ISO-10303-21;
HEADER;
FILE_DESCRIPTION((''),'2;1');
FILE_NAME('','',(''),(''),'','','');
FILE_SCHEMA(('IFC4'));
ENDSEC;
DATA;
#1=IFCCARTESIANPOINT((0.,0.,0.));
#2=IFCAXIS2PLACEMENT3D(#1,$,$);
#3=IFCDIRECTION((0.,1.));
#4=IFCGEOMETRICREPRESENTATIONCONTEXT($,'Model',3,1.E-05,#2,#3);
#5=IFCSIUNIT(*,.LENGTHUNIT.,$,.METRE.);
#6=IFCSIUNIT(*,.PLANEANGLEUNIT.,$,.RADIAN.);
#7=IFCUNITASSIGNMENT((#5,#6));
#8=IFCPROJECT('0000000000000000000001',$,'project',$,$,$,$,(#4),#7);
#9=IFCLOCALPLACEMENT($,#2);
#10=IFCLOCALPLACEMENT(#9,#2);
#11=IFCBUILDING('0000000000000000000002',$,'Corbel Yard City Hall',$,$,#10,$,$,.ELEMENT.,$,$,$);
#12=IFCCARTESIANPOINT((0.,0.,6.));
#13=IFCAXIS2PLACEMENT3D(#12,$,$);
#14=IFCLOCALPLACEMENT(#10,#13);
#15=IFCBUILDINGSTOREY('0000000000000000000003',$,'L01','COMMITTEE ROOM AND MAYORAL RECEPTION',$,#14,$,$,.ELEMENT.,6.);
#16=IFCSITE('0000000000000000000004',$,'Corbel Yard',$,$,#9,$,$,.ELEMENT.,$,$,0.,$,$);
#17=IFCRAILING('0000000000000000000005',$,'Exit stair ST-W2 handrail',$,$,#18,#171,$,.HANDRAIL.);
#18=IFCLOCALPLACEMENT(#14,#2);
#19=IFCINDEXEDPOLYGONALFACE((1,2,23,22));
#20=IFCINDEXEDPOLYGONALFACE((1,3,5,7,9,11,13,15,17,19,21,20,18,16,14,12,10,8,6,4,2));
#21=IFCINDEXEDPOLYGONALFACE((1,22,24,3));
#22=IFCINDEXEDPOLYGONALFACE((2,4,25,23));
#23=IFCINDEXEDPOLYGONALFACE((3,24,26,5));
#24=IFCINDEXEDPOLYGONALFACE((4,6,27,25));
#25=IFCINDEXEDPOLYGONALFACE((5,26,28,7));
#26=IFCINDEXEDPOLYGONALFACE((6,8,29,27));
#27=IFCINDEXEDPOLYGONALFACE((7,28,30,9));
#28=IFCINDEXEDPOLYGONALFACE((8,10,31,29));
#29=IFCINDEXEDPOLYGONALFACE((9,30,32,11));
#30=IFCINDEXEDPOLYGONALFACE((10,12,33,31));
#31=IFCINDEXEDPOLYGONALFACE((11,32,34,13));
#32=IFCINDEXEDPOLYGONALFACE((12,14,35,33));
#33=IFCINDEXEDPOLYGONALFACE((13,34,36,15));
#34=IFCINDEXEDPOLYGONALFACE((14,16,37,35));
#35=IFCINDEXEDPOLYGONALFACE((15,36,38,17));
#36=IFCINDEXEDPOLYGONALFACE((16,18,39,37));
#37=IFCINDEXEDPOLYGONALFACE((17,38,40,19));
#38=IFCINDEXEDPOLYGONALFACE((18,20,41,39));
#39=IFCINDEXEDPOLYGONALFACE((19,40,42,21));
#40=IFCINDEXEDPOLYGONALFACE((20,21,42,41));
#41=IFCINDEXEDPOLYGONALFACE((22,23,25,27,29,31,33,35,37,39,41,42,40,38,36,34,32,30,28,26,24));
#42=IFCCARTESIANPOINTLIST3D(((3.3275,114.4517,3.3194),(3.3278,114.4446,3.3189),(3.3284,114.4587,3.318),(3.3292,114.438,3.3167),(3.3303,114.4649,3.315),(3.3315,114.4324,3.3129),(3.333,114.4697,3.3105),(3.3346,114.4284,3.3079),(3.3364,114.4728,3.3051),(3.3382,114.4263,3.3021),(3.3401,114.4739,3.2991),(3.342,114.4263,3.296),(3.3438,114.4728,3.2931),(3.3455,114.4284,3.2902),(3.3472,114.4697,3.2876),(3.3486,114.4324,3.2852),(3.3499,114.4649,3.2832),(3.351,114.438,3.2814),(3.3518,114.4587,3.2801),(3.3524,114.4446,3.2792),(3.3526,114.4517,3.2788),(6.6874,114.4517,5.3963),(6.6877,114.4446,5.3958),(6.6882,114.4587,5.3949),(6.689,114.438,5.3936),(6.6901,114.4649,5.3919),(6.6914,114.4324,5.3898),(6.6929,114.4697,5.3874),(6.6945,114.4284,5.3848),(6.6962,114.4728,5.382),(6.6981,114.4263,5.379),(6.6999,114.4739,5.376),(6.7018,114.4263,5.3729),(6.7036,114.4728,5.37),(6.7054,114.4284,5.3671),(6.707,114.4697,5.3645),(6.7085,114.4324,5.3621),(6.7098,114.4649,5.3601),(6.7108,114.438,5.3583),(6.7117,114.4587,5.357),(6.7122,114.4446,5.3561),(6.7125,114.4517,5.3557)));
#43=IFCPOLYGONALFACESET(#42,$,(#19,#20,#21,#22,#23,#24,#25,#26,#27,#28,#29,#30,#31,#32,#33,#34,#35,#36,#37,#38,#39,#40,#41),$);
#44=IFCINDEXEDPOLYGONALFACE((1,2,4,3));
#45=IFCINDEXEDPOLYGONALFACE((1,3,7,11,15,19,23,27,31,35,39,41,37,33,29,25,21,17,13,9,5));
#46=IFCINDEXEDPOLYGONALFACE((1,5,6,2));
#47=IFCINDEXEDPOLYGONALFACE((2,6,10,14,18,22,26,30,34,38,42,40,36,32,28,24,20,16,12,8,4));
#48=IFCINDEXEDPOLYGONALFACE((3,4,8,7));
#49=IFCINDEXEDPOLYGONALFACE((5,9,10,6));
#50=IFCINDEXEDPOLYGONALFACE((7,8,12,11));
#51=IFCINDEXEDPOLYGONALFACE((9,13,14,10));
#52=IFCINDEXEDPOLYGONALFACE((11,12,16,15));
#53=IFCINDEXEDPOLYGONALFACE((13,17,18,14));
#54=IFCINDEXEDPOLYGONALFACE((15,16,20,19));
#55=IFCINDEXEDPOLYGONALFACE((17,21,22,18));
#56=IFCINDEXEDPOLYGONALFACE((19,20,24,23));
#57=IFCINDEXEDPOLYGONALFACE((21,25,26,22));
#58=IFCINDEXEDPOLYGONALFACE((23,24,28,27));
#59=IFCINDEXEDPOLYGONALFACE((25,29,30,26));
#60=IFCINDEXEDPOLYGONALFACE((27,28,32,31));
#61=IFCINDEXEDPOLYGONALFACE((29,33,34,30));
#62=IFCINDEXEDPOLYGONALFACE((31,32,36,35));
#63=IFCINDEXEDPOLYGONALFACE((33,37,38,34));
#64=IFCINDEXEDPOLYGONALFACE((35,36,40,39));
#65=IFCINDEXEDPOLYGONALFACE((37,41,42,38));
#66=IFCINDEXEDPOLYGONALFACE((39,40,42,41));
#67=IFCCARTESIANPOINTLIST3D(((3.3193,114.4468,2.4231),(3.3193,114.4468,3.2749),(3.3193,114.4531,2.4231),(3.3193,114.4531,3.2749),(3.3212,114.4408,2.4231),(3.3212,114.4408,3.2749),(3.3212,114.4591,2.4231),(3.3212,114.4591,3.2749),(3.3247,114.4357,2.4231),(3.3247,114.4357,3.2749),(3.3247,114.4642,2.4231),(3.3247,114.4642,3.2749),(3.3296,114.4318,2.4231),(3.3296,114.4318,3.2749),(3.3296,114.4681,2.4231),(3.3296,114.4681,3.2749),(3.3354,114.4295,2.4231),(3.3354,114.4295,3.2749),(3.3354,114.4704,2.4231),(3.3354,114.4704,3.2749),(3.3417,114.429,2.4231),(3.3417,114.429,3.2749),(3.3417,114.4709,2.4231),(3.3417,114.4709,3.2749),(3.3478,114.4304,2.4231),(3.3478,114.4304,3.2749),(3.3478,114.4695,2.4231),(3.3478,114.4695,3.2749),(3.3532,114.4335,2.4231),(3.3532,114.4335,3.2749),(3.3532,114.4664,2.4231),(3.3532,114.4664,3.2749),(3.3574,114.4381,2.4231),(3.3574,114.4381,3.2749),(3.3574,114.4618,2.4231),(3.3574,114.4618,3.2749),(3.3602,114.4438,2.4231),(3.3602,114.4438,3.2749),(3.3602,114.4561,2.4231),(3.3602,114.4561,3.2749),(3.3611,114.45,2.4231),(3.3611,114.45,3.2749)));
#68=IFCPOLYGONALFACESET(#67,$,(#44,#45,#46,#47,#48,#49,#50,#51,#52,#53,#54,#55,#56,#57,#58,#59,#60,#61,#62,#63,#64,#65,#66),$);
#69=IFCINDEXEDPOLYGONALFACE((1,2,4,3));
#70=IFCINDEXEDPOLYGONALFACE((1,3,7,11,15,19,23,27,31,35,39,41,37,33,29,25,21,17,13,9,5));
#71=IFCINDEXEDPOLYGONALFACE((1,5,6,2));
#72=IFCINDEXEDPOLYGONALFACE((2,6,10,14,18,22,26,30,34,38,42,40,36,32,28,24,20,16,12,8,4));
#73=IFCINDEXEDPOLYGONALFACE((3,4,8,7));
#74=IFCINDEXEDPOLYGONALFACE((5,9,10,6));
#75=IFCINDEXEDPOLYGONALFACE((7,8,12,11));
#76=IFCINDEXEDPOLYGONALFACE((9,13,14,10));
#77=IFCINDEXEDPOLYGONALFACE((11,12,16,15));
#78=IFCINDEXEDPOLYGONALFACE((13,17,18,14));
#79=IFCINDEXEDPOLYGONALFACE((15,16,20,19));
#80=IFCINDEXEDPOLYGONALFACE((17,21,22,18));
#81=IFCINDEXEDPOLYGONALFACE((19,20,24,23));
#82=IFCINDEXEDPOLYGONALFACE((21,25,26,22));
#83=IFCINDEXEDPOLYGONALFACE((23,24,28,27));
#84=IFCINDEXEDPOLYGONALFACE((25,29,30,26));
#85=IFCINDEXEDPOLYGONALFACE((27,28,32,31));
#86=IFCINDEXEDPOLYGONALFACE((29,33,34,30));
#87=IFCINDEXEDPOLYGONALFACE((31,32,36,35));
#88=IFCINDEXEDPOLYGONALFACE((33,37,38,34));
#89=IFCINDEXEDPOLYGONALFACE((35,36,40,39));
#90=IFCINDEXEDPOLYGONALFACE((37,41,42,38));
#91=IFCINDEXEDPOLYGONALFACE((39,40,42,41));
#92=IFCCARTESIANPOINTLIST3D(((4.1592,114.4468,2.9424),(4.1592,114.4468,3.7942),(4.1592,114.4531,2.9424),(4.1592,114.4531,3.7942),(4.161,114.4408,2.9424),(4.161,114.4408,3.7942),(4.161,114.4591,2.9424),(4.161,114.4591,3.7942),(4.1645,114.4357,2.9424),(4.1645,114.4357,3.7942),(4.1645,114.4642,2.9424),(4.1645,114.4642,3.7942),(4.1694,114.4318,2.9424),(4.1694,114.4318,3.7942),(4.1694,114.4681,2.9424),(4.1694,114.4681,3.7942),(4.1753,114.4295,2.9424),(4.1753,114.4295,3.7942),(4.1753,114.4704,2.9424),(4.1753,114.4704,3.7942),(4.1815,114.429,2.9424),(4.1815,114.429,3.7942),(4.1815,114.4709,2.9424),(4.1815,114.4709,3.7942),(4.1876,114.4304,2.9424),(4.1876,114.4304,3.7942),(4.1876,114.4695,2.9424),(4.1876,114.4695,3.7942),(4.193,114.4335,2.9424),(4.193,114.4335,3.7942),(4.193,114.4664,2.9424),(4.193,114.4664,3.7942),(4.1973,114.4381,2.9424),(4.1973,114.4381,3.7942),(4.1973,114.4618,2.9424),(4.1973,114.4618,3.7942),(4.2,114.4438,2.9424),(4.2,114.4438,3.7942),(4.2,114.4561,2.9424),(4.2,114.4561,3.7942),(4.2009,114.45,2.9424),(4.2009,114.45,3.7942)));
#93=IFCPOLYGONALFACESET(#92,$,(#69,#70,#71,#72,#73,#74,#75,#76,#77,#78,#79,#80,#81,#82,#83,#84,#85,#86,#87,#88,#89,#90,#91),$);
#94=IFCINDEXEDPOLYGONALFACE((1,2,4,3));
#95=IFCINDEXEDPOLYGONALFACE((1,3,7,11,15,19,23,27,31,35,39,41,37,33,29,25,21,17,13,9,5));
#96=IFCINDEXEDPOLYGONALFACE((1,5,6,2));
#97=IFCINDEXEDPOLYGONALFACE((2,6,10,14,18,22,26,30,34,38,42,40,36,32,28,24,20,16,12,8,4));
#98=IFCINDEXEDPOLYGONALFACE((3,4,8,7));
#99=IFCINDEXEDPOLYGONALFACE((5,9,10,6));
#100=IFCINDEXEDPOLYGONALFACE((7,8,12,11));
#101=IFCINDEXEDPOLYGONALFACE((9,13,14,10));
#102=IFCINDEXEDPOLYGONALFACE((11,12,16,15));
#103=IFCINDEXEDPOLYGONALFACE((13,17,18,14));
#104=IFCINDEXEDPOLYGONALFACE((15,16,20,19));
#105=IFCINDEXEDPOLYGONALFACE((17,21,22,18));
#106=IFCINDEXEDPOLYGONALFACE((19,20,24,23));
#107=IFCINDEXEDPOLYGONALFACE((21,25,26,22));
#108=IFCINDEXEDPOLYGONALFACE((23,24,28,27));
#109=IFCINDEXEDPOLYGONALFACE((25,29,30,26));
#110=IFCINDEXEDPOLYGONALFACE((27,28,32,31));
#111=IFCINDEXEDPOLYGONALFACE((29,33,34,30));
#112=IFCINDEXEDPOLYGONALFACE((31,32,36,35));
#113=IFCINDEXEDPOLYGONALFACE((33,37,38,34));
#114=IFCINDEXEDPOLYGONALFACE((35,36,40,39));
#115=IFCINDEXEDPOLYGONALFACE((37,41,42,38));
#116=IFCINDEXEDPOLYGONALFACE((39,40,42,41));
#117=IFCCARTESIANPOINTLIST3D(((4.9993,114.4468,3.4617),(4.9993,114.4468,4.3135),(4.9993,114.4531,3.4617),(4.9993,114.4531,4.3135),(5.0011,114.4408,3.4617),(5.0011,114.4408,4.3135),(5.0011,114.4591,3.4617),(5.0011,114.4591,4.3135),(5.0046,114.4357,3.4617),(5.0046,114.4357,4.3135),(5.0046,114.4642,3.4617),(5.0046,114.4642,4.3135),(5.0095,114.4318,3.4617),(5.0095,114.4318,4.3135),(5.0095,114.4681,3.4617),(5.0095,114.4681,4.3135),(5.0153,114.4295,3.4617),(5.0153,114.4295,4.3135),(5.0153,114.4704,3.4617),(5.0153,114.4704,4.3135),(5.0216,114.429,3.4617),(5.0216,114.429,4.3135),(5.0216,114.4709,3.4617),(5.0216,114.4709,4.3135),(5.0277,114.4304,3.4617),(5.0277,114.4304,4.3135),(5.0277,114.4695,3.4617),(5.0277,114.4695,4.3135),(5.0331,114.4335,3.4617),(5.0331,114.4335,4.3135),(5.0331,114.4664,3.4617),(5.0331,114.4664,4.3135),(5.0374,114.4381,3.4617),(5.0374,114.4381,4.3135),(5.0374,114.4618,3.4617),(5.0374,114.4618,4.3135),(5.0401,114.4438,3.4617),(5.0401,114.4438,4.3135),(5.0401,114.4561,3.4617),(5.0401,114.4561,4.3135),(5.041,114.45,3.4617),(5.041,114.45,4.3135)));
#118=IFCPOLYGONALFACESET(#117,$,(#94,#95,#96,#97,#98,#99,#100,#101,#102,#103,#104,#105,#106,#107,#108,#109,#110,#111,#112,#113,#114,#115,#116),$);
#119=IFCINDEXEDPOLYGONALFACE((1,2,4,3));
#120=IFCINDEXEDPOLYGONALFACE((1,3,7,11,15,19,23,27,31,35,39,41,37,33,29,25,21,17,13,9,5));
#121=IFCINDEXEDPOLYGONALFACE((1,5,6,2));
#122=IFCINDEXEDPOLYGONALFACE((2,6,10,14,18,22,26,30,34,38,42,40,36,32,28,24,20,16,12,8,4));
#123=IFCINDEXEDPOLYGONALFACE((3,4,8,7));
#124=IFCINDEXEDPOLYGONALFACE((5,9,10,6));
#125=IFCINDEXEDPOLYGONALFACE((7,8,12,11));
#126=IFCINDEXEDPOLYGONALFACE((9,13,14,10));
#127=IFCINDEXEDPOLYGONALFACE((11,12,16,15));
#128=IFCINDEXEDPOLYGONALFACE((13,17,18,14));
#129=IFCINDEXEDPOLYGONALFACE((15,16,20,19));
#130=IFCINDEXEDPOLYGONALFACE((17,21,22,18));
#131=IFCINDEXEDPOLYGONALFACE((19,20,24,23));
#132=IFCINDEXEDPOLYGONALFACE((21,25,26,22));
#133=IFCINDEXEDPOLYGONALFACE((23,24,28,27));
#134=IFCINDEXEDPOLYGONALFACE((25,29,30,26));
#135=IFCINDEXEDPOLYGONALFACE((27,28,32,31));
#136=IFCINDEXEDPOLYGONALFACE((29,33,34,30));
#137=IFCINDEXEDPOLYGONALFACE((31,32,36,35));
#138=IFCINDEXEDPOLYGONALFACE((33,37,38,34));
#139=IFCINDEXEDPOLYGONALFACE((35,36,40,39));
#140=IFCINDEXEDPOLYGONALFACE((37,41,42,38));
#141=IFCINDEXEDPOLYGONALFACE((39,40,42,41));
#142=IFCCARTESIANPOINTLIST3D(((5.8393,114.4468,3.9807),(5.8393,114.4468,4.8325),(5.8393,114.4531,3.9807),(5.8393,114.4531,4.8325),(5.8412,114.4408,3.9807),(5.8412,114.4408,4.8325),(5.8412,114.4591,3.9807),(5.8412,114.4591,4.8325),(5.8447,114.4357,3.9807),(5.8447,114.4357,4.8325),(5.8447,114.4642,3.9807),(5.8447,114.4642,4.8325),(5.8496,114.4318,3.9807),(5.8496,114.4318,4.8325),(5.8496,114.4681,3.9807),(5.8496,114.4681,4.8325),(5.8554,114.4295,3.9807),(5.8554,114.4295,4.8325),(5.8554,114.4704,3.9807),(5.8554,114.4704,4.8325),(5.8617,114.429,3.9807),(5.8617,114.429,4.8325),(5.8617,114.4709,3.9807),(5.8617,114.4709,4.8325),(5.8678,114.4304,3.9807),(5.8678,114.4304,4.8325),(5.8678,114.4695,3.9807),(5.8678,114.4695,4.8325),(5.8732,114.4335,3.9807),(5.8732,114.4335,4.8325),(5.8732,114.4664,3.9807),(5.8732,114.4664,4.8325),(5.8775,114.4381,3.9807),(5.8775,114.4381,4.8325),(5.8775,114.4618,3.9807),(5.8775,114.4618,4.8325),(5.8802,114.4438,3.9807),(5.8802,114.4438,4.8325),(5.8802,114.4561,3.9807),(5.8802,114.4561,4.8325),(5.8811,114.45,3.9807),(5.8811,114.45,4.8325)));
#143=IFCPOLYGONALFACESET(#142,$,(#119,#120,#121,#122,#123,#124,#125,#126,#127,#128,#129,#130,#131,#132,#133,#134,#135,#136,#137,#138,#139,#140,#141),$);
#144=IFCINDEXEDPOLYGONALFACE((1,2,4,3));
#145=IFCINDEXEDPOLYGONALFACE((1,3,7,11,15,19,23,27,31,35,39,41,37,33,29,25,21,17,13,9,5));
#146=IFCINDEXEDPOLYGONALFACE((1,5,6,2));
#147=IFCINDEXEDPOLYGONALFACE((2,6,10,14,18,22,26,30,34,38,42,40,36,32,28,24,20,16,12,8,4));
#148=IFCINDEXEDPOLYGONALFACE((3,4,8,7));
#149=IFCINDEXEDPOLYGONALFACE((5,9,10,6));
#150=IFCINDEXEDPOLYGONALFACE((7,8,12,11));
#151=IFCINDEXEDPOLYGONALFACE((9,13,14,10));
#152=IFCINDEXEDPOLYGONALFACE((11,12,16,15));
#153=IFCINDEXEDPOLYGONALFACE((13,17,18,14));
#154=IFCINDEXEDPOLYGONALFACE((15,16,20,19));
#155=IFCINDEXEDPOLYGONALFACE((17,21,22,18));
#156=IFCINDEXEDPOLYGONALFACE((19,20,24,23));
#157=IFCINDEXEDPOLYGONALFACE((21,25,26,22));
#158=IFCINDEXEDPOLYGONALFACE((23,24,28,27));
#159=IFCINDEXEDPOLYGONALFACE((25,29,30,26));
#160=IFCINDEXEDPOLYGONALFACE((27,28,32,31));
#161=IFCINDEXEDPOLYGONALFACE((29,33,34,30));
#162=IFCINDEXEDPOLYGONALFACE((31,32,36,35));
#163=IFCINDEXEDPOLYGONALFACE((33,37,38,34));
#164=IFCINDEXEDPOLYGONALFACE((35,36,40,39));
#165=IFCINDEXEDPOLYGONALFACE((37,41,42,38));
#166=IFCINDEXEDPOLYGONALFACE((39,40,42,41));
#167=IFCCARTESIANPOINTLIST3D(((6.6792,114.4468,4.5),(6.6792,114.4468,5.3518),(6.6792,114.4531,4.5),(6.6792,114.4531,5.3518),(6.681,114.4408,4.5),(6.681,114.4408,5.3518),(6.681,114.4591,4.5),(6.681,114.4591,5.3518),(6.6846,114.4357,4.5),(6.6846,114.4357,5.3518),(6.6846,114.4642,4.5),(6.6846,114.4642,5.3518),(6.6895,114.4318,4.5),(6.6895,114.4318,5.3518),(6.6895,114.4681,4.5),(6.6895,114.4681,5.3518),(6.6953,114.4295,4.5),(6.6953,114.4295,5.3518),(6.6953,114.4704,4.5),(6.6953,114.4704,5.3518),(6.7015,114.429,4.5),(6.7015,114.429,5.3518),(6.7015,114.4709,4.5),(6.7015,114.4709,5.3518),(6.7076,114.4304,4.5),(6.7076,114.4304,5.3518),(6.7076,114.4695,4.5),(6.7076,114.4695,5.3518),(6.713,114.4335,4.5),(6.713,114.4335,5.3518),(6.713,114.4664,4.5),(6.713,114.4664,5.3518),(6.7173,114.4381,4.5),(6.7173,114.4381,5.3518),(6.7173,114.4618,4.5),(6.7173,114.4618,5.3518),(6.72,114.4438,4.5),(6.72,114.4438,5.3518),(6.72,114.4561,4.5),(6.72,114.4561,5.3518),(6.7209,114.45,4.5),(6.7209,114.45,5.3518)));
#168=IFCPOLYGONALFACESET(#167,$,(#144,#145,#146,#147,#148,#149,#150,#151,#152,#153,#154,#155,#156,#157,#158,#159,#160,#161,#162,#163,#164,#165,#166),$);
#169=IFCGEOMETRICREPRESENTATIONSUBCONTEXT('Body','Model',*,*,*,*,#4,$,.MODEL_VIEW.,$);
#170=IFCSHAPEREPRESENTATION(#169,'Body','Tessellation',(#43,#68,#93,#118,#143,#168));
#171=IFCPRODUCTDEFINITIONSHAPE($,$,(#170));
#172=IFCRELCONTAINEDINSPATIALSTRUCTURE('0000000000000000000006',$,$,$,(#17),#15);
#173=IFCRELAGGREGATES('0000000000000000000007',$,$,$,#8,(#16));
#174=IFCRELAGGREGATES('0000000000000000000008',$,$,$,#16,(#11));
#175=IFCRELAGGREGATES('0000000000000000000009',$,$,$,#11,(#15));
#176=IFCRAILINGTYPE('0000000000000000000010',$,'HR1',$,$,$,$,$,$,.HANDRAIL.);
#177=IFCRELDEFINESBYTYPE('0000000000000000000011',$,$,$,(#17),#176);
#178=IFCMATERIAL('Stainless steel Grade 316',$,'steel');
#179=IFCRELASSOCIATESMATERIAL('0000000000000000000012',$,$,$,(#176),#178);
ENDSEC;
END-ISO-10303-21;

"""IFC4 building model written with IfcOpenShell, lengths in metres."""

from ifc_helpers import new_model, si_unit, direction, frame, origin, origin_2d, place, context, subcontext, project, spatial, circle, extrude, material, type_object, element, save


model = new_model("IFC4")

# Units and contexts
model_context = context("Model", 3, precision=1e-05, world=origin(), true_north=direction((0.0, 1.0)))
body_context = subcontext(model_context, "Body", "Model", "MODEL_VIEW")
ifc_project = project(units=[si_unit("LENGTHUNIT", "METRE"), si_unit("PLANEANGLEUNIT", "RADIAN")], contexts=[model_context])

# Site, building, storey
site_placement = place(None, origin())
site = spatial("IfcSite", under=ifc_project, at=site_placement, Name="Corbel Yard", CompositionType="ELEMENT", RefElevation=0.0)
building_placement = place(site_placement, origin())
building = spatial("IfcBuilding", under=site, at=building_placement, Name="Corbel Yard City Hall", CompositionType="ELEMENT")
storey_placement = place(building_placement, frame((0.0, 0.0, 6.0)))
storey = spatial("IfcBuildingStorey", under=building, at=storey_placement, Name="L01", Description="COMMITTEE ROOM AND MAYORAL RECEPTION", CompositionType="ELEMENT", Elevation=6.0)

# Shared definitions
ifc_material_1 = material(Name="Stainless steel Grade 316", Category="steel")

# Railing
railing_type = type_object("IfcRailingType", Name="HR1", PredefinedType="HANDRAIL", material=ifc_material_1)
for number, where, name in (
    (1, (3.3401, 114.45, 2.4231), "Exit stair ST-W2 handrail"),
):
    element("IfcRailing", number, at=place(storey_placement, frame(where)), inside=storey, type_object=railing_type, Name=name, PredefinedType="HANDRAIL", context=body_context, shape_type="SweptSolid", body=[
        extrude(circle(Radius=0.0239, at=origin_2d()), frame((0.0, 0.0, 0.876), z_axis=(0.850606, 0.0, 0.525803), x_axis=(0.0, 1.0, 0.0)), (0.0, 0.0, 1.0), 3.95),
        extrude(circle(Radius=0.021, at=origin_2d()), origin(), (0.0, 0.0, 1.0), 0.8518),
        extrude(circle(Radius=0.021, at=origin_2d()), frame((0.8398, 0.0, 0.5193)), (0.0, 0.0, 1.0), 0.8518),
        extrude(circle(Radius=0.021, at=origin_2d()), frame((1.6799, 0.0, 1.0386)), (0.0, 0.0, 1.0), 0.8518),
        extrude(circle(Radius=0.021, at=origin_2d()), frame((2.52, 0.0, 1.5576)), (0.0, 0.0, 1.0), 0.8518),
        extrude(circle(Radius=0.021, at=origin_2d()), frame((3.3599, 0.0, 2.0769)), (0.0, 0.0, 1.0), 0.8518),
    ])

save(model, "model.ifc")
